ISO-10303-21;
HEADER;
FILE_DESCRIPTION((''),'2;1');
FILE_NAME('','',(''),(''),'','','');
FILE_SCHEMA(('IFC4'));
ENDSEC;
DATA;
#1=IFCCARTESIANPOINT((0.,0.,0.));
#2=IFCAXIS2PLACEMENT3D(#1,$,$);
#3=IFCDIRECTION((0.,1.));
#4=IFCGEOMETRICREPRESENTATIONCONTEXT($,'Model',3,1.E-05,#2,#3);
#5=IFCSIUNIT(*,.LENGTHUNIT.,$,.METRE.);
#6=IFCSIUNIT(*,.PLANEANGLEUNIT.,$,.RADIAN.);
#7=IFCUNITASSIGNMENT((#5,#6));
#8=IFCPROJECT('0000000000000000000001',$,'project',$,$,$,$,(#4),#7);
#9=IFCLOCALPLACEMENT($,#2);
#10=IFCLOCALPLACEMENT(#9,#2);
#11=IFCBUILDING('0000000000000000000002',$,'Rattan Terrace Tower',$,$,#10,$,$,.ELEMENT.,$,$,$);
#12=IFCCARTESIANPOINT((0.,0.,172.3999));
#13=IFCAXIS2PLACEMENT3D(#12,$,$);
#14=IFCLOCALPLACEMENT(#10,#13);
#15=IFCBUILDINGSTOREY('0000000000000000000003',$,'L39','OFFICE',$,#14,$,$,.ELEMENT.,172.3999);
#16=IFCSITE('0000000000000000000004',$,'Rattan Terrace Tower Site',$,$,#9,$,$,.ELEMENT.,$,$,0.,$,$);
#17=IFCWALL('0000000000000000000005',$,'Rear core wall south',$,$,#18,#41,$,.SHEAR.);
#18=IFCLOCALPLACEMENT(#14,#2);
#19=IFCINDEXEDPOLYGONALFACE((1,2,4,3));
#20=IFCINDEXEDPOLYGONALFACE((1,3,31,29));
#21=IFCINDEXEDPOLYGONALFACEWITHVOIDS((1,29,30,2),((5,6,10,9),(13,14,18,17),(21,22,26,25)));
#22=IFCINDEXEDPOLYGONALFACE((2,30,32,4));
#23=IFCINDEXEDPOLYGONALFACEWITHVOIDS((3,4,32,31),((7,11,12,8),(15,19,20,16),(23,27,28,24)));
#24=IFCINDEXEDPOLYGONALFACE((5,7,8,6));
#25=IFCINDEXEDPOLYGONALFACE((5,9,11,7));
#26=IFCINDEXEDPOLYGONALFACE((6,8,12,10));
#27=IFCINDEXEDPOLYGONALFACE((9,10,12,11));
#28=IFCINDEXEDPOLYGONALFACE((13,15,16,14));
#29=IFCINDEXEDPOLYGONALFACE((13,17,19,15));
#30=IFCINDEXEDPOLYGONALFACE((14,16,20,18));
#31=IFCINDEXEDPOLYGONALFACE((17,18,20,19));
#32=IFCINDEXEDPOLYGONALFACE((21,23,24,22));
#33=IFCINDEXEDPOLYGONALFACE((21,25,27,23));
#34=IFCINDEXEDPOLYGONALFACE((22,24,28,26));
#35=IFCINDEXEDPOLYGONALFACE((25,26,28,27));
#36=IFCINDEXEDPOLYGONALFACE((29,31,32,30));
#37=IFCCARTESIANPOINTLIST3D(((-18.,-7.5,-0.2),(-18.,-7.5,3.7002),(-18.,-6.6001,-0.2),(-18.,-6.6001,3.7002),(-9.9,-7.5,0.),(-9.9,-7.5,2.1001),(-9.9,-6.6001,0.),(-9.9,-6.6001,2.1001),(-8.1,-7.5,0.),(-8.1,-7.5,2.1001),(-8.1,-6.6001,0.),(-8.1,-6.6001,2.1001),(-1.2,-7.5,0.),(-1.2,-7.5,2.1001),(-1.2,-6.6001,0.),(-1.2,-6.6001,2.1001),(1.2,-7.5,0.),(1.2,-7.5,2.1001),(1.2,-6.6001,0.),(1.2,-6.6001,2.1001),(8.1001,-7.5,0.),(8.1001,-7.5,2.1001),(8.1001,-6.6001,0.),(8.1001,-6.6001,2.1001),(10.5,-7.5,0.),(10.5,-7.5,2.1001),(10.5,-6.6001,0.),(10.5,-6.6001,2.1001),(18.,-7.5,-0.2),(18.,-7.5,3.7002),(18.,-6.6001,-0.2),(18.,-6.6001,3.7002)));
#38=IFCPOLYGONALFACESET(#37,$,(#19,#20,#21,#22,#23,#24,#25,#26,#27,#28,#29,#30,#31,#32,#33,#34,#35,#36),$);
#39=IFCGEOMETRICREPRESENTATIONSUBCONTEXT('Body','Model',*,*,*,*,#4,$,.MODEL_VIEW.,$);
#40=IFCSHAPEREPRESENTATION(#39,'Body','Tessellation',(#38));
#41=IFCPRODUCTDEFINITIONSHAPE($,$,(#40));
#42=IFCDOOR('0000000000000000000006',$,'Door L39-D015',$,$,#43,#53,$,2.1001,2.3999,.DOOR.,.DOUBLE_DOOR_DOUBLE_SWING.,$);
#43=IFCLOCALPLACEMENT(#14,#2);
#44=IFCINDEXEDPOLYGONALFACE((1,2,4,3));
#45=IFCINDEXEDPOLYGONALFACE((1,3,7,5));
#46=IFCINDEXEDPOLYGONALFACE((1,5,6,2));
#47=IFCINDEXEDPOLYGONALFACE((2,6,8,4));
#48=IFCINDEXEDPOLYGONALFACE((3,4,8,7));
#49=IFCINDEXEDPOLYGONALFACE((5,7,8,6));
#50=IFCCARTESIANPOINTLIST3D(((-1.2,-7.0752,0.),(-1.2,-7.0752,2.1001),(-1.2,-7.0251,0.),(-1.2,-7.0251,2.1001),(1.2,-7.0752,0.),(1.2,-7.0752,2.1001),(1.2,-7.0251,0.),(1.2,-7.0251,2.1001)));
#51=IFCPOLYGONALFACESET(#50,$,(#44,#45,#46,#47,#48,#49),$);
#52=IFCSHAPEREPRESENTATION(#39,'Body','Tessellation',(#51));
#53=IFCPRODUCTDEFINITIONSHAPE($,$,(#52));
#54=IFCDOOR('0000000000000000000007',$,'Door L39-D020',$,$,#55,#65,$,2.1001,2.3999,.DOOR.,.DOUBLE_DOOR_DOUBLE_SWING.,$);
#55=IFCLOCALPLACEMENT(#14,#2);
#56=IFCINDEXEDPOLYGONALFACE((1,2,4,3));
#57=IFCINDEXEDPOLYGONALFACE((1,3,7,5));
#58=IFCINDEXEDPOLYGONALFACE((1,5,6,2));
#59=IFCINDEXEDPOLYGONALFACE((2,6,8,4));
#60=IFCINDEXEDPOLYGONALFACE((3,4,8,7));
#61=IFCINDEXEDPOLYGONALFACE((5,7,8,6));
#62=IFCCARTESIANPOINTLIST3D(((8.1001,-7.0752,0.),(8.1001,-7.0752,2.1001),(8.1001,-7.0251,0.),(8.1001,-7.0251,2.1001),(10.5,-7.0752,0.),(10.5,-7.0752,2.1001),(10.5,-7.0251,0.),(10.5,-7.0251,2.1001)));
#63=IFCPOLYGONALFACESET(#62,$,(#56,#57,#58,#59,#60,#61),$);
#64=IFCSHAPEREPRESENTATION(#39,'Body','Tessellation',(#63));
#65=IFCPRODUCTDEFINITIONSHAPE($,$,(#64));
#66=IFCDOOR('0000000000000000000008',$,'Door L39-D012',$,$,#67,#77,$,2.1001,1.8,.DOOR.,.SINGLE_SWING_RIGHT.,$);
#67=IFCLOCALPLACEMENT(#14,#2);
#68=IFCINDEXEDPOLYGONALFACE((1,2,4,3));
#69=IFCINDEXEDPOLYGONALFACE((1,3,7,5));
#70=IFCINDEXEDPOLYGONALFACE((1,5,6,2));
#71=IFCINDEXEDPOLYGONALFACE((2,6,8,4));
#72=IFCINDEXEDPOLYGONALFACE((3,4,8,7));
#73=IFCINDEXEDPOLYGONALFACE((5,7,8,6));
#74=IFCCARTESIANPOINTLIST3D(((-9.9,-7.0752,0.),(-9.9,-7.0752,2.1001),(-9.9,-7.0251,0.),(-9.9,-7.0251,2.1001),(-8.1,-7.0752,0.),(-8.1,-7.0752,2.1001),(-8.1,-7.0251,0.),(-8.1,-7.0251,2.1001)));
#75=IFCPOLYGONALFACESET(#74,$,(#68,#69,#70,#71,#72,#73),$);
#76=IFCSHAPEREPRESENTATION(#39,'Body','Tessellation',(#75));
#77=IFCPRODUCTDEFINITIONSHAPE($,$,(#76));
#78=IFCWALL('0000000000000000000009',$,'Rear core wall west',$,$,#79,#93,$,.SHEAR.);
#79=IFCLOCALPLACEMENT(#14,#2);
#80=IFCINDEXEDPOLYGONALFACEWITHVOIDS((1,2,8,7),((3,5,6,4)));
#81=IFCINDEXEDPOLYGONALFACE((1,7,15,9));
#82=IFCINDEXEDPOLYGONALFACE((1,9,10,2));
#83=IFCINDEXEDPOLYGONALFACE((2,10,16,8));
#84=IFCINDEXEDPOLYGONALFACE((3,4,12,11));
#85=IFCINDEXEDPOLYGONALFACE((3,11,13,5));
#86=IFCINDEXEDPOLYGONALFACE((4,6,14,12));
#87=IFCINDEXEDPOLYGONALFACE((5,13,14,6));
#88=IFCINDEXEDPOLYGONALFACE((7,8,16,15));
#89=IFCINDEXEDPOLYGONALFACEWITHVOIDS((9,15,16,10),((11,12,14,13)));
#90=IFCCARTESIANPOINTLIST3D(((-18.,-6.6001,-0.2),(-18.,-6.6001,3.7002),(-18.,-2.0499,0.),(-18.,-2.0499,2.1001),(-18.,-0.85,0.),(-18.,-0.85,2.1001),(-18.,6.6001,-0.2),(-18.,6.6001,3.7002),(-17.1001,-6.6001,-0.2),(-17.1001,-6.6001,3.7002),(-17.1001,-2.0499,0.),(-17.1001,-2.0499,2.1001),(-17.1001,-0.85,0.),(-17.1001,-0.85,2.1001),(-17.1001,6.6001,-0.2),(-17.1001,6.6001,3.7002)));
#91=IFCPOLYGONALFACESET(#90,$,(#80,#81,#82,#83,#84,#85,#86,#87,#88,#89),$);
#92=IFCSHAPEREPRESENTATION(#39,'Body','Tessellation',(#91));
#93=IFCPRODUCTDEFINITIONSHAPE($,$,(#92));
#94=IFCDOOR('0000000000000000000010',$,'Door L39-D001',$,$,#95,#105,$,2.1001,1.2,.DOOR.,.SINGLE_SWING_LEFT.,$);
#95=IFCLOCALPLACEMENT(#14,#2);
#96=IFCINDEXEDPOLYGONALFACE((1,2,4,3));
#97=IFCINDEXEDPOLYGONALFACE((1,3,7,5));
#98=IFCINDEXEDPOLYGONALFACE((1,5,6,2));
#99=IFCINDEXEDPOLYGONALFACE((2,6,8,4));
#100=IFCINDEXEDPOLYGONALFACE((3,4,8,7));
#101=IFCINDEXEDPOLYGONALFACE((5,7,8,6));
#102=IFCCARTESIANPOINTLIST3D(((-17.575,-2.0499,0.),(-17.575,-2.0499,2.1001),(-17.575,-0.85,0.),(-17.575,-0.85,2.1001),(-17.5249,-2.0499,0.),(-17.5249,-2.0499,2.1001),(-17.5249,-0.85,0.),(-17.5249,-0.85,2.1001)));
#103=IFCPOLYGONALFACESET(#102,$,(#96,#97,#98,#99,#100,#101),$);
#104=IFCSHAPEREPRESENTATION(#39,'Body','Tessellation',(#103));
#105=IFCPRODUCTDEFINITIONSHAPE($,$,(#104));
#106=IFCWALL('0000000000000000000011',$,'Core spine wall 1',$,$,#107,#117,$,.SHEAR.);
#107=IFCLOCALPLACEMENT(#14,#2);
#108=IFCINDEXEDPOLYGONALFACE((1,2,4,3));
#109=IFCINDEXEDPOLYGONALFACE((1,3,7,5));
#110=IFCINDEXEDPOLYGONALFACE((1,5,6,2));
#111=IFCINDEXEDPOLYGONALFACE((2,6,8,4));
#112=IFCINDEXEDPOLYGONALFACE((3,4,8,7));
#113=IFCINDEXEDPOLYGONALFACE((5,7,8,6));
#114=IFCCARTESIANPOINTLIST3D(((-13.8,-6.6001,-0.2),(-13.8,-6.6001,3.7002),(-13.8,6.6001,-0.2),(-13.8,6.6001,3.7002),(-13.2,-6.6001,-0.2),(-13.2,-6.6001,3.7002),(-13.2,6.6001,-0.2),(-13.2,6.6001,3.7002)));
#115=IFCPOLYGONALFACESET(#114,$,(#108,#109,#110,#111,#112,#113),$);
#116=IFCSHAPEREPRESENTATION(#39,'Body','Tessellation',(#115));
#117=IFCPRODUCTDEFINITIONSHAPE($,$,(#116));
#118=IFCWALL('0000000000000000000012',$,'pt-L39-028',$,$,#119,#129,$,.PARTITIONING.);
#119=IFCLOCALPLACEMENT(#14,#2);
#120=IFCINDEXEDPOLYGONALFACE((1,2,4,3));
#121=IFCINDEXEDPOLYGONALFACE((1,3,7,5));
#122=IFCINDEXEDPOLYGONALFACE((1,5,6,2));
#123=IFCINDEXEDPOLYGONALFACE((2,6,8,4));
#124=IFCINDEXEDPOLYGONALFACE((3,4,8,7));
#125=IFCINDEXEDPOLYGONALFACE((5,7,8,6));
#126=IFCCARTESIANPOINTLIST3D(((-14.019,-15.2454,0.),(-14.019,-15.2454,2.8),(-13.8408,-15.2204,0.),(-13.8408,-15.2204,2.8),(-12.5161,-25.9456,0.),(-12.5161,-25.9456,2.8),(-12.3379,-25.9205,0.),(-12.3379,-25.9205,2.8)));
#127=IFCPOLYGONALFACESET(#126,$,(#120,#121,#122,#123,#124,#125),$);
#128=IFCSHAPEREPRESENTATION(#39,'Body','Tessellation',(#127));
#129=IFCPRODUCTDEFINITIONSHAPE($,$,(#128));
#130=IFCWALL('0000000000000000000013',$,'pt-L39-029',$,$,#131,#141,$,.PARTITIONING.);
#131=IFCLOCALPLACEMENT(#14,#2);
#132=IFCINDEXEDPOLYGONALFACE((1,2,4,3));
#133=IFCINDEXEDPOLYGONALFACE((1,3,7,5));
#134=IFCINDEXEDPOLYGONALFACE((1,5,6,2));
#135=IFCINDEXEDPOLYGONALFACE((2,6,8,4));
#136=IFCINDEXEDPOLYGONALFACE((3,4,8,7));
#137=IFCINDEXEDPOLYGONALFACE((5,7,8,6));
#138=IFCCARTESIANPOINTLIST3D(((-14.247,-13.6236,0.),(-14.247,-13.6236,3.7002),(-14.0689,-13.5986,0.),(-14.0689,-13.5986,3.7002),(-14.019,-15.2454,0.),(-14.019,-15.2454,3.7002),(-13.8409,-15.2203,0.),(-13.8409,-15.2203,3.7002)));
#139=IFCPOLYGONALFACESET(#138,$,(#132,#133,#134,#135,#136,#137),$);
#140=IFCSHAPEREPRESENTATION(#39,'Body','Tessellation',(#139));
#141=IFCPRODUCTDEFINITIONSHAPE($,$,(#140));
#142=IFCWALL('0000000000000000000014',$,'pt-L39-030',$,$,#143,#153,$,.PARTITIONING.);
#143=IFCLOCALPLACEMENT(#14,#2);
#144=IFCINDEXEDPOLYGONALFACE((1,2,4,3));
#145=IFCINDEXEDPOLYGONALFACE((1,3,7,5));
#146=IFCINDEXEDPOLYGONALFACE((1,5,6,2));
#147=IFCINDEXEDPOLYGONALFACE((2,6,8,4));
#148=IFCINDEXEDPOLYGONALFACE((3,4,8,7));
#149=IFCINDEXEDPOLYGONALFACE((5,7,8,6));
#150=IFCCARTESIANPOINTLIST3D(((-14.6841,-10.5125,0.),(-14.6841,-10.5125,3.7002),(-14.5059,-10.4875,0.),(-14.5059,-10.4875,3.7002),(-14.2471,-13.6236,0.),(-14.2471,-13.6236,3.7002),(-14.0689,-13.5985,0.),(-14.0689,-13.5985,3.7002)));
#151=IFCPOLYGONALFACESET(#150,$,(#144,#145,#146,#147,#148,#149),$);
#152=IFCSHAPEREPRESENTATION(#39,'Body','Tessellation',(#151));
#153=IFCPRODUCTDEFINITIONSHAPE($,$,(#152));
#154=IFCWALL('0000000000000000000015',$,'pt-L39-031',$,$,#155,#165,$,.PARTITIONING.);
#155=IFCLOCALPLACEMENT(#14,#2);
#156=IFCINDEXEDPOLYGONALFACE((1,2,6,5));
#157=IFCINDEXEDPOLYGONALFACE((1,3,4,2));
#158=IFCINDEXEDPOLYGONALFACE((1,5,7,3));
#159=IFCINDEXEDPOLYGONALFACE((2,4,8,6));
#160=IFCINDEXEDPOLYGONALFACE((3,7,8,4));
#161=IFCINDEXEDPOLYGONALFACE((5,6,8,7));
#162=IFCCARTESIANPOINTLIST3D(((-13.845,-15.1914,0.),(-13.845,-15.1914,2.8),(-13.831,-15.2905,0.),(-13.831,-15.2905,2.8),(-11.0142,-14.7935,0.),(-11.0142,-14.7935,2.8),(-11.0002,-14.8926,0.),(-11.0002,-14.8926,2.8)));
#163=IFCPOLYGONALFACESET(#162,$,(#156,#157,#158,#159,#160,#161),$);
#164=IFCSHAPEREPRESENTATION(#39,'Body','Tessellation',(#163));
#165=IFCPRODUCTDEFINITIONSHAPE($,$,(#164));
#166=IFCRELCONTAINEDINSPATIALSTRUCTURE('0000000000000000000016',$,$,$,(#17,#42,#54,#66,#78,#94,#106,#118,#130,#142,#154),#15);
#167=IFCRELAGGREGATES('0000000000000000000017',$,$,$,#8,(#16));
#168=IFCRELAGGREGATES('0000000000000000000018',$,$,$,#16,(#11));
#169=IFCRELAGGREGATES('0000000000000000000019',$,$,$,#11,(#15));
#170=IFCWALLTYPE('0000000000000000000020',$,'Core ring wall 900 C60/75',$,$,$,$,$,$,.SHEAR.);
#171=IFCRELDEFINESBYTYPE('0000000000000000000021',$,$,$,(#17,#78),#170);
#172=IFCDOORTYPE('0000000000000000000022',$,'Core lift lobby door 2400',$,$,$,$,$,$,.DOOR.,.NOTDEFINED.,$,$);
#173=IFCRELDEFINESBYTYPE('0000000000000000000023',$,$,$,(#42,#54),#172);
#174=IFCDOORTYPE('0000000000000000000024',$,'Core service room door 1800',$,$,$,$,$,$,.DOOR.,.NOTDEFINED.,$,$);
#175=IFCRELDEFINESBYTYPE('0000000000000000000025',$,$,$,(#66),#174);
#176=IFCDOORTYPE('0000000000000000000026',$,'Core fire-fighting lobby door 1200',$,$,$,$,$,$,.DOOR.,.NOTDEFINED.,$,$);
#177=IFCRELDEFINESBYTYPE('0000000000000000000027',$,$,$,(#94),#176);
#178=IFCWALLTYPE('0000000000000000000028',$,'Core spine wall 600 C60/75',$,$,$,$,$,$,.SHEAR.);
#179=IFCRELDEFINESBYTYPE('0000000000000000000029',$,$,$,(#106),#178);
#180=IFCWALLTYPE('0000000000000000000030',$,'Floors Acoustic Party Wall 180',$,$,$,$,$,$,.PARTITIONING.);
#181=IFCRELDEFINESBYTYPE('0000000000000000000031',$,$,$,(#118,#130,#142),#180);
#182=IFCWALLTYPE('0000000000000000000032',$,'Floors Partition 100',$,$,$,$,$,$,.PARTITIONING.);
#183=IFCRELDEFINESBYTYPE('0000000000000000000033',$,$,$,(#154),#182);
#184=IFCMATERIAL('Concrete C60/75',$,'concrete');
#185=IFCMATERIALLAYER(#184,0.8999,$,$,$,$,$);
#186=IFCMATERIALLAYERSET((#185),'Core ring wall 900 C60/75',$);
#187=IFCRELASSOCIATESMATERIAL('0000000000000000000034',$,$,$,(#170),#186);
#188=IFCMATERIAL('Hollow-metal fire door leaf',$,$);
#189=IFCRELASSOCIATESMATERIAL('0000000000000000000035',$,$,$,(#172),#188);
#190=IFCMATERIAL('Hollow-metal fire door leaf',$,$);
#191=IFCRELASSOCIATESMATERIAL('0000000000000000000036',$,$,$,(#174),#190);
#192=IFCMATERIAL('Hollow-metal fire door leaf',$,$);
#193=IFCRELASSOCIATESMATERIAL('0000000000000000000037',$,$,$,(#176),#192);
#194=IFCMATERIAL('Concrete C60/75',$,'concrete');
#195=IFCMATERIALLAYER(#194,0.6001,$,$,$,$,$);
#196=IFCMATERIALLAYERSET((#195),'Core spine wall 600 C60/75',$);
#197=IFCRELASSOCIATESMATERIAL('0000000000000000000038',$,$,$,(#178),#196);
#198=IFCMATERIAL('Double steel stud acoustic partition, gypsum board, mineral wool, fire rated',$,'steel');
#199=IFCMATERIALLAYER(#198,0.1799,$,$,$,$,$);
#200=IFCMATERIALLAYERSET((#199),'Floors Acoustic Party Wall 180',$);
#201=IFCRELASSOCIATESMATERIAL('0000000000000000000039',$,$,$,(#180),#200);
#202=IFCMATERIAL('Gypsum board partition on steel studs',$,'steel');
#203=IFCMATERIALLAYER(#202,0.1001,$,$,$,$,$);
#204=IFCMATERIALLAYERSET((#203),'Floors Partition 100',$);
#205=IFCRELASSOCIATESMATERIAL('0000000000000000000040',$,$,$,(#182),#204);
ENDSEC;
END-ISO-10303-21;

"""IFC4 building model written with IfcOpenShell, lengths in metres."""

from ifc_helpers import new_model, si_unit, direction, frame, frame_2d, origin, place, context, subcontext, project, spatial, rectangle, extrude, material, layer, layer_set, type_object, element, fill, save


model = new_model("IFC4")

# Units and contexts
model_context = context("Model", 3, precision=1e-05, world=origin(), true_north=direction((0.0, 1.0)))
body_context = subcontext(model_context, "Body", "Model", "MODEL_VIEW")
ifc_project = project(units=[si_unit("LENGTHUNIT", "METRE"), si_unit("PLANEANGLEUNIT", "RADIAN")], contexts=[model_context])

# Site, building, storey
site_placement = place(None, origin())
site = spatial("IfcSite", under=ifc_project, at=site_placement, Name="Rattan Terrace Tower Site", CompositionType="ELEMENT", RefElevation=0.0)
building_placement = place(site_placement, origin())
building = spatial("IfcBuilding", under=site, at=building_placement, Name="Rattan Terrace Tower", CompositionType="ELEMENT")
storey_placement = place(building_placement, frame((0.0, 0.0, 172.3999)))
storey = spatial("IfcBuildingStorey", under=building, at=storey_placement, Name="L39", Description="OFFICE", CompositionType="ELEMENT", Elevation=172.3999)

# Wall, openings, doors
ifc_material_1 = material(Name="Concrete C60/75", Category="concrete")
ifc_layer_1 = layer(ifc_material_1, 0.8999)
ifc_layer_set_1 = layer_set([ifc_layer_1], Name="Core ring wall 900 C60/75")
wall_type_1 = type_object("IfcWallType", Name="Core ring wall 900 C60/75", PredefinedType="SHEAR", material=ifc_layer_set_1)
wall_1_placement = place(storey_placement, frame((-18.0, -7.05, -0.2), z_axis=(0.0, 0.0, 1.0), x_axis=(1.0, 0.0, 0.0)))
wall_1 = element("IfcWall", 1, at=wall_1_placement, inside=storey, type_object=wall_type_1, Name="Rear core wall south", PredefinedType="SHEAR", context=body_context, shape_type="SweptSolid", body=[
    extrude(rectangle(XDim=36.0, YDim=0.8999, at=frame_2d((18.0, 0.0))), origin(), (0.0, 0.0, 1.0), 3.9001),
])
opening_1_placement = place(wall_1_placement, frame((8.1001, 0.0, 0.2)))
opening_1 = element("IfcOpeningElement", 2, at=opening_1_placement, cuts=wall_1, PredefinedType="OPENING", context=body_context, shape_type="SweptSolid", body=[
    extrude(rectangle(XDim=1.8, YDim=2.1001, at=frame_2d((0.8999, 1.05))), frame((0.0, 0.4604, 0.0), z_axis=(0.0, -1.0, 0.0), x_axis=(1.0, 0.0, 0.0)), (0.0, 0.0, 1.0), 0.9209),
])
opening_2_placement = place(wall_1_placement, frame((16.8, 0.0, 0.2)))
opening_2 = element("IfcOpeningElement", 3, at=opening_2_placement, cuts=wall_1, PredefinedType="OPENING", context=body_context, shape_type="SweptSolid", body=[
    extrude(rectangle(XDim=2.3999, YDim=2.1001, at=frame_2d((1.2, 1.05))), frame((0.0, 0.4604, 0.0), z_axis=(0.0, -1.0, 0.0), x_axis=(1.0, 0.0, 0.0)), (0.0, 0.0, 1.0), 0.9209),
])
opening_3_placement = place(wall_1_placement, frame((26.1001, 0.0, 0.2)))
opening_3 = element("IfcOpeningElement", 4, at=opening_3_placement, cuts=wall_1, PredefinedType="OPENING", context=body_context, shape_type="SweptSolid", body=[
    extrude(rectangle(XDim=2.3999, YDim=2.1001, at=frame_2d((1.2, 1.05))), frame((0.0, 0.4604, 0.0), z_axis=(0.0, -1.0, 0.0), x_axis=(1.0, 0.0, 0.0)), (0.0, 0.0, 1.0), 0.9209),
])
ifc_material_2 = material(Name="Hollow-metal fire door leaf")
door_type_1 = type_object("IfcDoorType", Name="Core lift lobby door 2400", OperationType="NOTDEFINED", PredefinedType="DOOR", material=ifc_material_2)
door_1_placement = place(opening_2_placement, origin())
door_1 = element("IfcDoor", 5, at=door_1_placement, inside=storey, type_object=door_type_1, Name="Door L39-D015", OperationType="DOUBLE_DOOR_DOUBLE_SWING", OverallHeight=2.1001, OverallWidth=2.3999, PredefinedType="DOOR", context=body_context, shape_type="SweptSolid", body=[
    extrude(rectangle(XDim=2.3999, YDim=2.1001, at=frame_2d((1.2, 1.05))), frame((0.0, 0.0249, 0.0), z_axis=(0.0, -1.0, 0.0), x_axis=(1.0, 0.0, 0.0)), (0.0, 0.0, 1.0), 0.05),
])
fill(opening_2, door_1)
door_2_placement = place(opening_3_placement, origin())
door_2 = element("IfcDoor", 6, at=door_2_placement, inside=storey, type_object=door_type_1, Name="Door L39-D020", OperationType="DOUBLE_DOOR_DOUBLE_SWING", OverallHeight=2.1001, OverallWidth=2.3999, PredefinedType="DOOR", context=body_context, shape_type="SweptSolid", body=[
    extrude(rectangle(XDim=2.3999, YDim=2.1001, at=frame_2d((1.2, 1.05))), frame((0.0, 0.0249, 0.0), z_axis=(0.0, -1.0, 0.0), x_axis=(1.0, 0.0, 0.0)), (0.0, 0.0, 1.0), 0.05),
])
fill(opening_3, door_2)
ifc_material_3 = material(Name="Hollow-metal fire door leaf")
door_type_2 = type_object("IfcDoorType", Name="Core service room door 1800", OperationType="NOTDEFINED", PredefinedType="DOOR", material=ifc_material_3)
door_3_placement = place(opening_1_placement, origin())
door_3 = element("IfcDoor", 7, at=door_3_placement, inside=storey, type_object=door_type_2, Name="Door L39-D012", OperationType="SINGLE_SWING_RIGHT", OverallHeight=2.1001, OverallWidth=1.8, PredefinedType="DOOR", context=body_context, shape_type="SweptSolid", body=[
    extrude(rectangle(XDim=1.8, YDim=2.1001, at=frame_2d((0.8999, 1.05))), frame((0.0, 0.0249, 0.0), z_axis=(0.0, -1.0, 0.0), x_axis=(1.0, 0.0, 0.0)), (0.0, 0.0, 1.0), 0.05),
])
fill(opening_1, door_3)

# Wall, opening, door
wall_2_placement = place(storey_placement, frame((-17.55, -6.6001, -0.2), z_axis=(0.0, 0.0, 1.0), x_axis=(0.0, 1.0, 0.0)))
wall_2 = element("IfcWall", 8, at=wall_2_placement, inside=storey, type_object=wall_type_1, Name="Rear core wall west", PredefinedType="SHEAR", context=body_context, shape_type="SweptSolid", body=[
    extrude(rectangle(XDim=13.2002, YDim=0.8999, at=frame_2d((6.6001, 0.0))), origin(), (0.0, 0.0, 1.0), 3.9001),
])
opening_4_placement = place(wall_2_placement, frame((4.55, 0.0, 0.2)))
opening_4 = element("IfcOpeningElement", 9, at=opening_4_placement, cuts=wall_2, PredefinedType="OPENING", context=body_context, shape_type="SweptSolid", body=[
    extrude(rectangle(XDim=1.2, YDim=2.1001, at=frame_2d((0.6001, 1.05))), frame((0.0, 0.4604, 0.0), z_axis=(0.0, -1.0, 0.0), x_axis=(1.0, 0.0, 0.0)), (0.0, 0.0, 1.0), 0.9209),
])
ifc_material_4 = material(Name="Hollow-metal fire door leaf")
door_type_3 = type_object("IfcDoorType", Name="Core fire-fighting lobby door 1200", OperationType="NOTDEFINED", PredefinedType="DOOR", material=ifc_material_4)
door_4_placement = place(opening_4_placement, origin())
door_4 = element("IfcDoor", 10, at=door_4_placement, inside=storey, type_object=door_type_3, Name="Door L39-D001", OperationType="SINGLE_SWING_LEFT", OverallHeight=2.1001, OverallWidth=1.2, PredefinedType="DOOR", context=body_context, shape_type="SweptSolid", body=[
    extrude(rectangle(XDim=1.2, YDim=2.1001, at=frame_2d((0.6001, 1.05))), frame((0.0, 0.0249, 0.0), z_axis=(0.0, -1.0, 0.0), x_axis=(1.0, 0.0, 0.0)), (0.0, 0.0, 1.0), 0.05),
])
fill(opening_4, door_4)

# Walls
ifc_material_5 = material(Name="Concrete C60/75", Category="concrete")
ifc_layer_2 = layer(ifc_material_5, 0.6001)
ifc_layer_set_2 = layer_set([ifc_layer_2], Name="Core spine wall 600 C60/75")
wall_type_2 = type_object("IfcWallType", Name="Core spine wall 600 C60/75", PredefinedType="SHEAR", material=ifc_layer_set_2)
wall_3_placement = place(storey_placement, frame((-13.5, -6.6001, -0.2), z_axis=(0.0, 0.0, 1.0), x_axis=(0.0, 1.0, 0.0)))
element("IfcWall", 11, at=wall_3_placement, inside=storey, type_object=wall_type_2, Name="Core spine wall 1", PredefinedType="SHEAR", context=body_context, shape_type="SweptSolid", body=[
    extrude(rectangle(XDim=13.2002, YDim=0.6001, at=frame_2d((6.6001, 0.0))), origin(), (0.0, 0.0, 1.0), 3.9001),
])
ifc_material_6 = material(Name="Double steel stud acoustic partition, gypsum board, mineral wool, fire rated", Category="steel")
ifc_layer_3 = layer(ifc_material_6, 0.1799)
ifc_layer_set_3 = layer_set([ifc_layer_3], Name="Floors Acoustic Party Wall 180")
wall_type_3 = type_object("IfcWallType", Name="Floors Acoustic Party Wall 180", PredefinedType="PARTITIONING", material=ifc_layer_set_3)
wall_4_placement = place(storey_placement, frame((-13.9299, -15.2329, 0.0), z_axis=(0.0, 0.0, 1.0), x_axis=(0.139093, -0.990279, 0.0)))
element("IfcWall", 12, at=wall_4_placement, inside=storey, type_object=wall_type_3, Name="pt-L39-028", PredefinedType="PARTITIONING", context=body_context, shape_type="SweptSolid", body=[
    extrude(rectangle(XDim=10.8052, YDim=0.1799, at=frame_2d((5.4026, 0.0))), origin(), (0.0, 0.0, 1.0), 2.8),
])
wall_5_placement = place(storey_placement, frame((-14.158, -13.6111, 0.0), z_axis=(0.0, 0.0, 1.0), x_axis=(0.13923, -0.99026, 0.0)))
element("IfcWall", 13, at=wall_5_placement, inside=storey, type_object=wall_type_3, Name="pt-L39-029", PredefinedType="PARTITIONING", context=body_context, shape_type="SweptSolid", body=[
    extrude(rectangle(XDim=1.6377, YDim=0.1799, at=frame_2d((0.8188, 0.0))), origin(), (0.0, 0.0, 1.0), 3.7002),
])
wall_6_placement = place(storey_placement, frame((-14.595, -10.5, 0.0), z_axis=(0.0, 0.0, 1.0), x_axis=(0.139104, -0.990278, 0.0)))
element("IfcWall", 14, at=wall_6_placement, inside=storey, type_object=wall_type_3, Name="pt-L39-030", PredefinedType="PARTITIONING", context=body_context, shape_type="SweptSolid", body=[
    extrude(rectangle(XDim=3.1416, YDim=0.1799, at=frame_2d((1.5708, 0.0))), origin(), (0.0, 0.0, 1.0), 3.7002),
])
ifc_material_7 = material(Name="Gypsum board partition on steel studs", Category="steel")
ifc_layer_4 = layer(ifc_material_7, 0.1001)
ifc_layer_set_4 = layer_set([ifc_layer_4], Name="Floors Partition 100")
wall_type_4 = type_object("IfcWallType", Name="Floors Partition 100", PredefinedType="PARTITIONING", material=ifc_layer_set_4)
wall_7_placement = place(storey_placement, frame((-13.8379, -15.241, 0.0), z_axis=(0.0, 0.0, 1.0), x_axis=(0.990263, 0.139209, 0.0)))
element("IfcWall", 15, at=wall_7_placement, inside=storey, type_object=wall_type_4, Name="pt-L39-031", PredefinedType="PARTITIONING", context=body_context, shape_type="SweptSolid", body=[
    extrude(rectangle(XDim=2.8586, YDim=0.1001, at=frame_2d((1.4292, 0.0))), origin(), (0.0, 0.0, 1.0), 2.8),
])

save(model, "model.ifc")
